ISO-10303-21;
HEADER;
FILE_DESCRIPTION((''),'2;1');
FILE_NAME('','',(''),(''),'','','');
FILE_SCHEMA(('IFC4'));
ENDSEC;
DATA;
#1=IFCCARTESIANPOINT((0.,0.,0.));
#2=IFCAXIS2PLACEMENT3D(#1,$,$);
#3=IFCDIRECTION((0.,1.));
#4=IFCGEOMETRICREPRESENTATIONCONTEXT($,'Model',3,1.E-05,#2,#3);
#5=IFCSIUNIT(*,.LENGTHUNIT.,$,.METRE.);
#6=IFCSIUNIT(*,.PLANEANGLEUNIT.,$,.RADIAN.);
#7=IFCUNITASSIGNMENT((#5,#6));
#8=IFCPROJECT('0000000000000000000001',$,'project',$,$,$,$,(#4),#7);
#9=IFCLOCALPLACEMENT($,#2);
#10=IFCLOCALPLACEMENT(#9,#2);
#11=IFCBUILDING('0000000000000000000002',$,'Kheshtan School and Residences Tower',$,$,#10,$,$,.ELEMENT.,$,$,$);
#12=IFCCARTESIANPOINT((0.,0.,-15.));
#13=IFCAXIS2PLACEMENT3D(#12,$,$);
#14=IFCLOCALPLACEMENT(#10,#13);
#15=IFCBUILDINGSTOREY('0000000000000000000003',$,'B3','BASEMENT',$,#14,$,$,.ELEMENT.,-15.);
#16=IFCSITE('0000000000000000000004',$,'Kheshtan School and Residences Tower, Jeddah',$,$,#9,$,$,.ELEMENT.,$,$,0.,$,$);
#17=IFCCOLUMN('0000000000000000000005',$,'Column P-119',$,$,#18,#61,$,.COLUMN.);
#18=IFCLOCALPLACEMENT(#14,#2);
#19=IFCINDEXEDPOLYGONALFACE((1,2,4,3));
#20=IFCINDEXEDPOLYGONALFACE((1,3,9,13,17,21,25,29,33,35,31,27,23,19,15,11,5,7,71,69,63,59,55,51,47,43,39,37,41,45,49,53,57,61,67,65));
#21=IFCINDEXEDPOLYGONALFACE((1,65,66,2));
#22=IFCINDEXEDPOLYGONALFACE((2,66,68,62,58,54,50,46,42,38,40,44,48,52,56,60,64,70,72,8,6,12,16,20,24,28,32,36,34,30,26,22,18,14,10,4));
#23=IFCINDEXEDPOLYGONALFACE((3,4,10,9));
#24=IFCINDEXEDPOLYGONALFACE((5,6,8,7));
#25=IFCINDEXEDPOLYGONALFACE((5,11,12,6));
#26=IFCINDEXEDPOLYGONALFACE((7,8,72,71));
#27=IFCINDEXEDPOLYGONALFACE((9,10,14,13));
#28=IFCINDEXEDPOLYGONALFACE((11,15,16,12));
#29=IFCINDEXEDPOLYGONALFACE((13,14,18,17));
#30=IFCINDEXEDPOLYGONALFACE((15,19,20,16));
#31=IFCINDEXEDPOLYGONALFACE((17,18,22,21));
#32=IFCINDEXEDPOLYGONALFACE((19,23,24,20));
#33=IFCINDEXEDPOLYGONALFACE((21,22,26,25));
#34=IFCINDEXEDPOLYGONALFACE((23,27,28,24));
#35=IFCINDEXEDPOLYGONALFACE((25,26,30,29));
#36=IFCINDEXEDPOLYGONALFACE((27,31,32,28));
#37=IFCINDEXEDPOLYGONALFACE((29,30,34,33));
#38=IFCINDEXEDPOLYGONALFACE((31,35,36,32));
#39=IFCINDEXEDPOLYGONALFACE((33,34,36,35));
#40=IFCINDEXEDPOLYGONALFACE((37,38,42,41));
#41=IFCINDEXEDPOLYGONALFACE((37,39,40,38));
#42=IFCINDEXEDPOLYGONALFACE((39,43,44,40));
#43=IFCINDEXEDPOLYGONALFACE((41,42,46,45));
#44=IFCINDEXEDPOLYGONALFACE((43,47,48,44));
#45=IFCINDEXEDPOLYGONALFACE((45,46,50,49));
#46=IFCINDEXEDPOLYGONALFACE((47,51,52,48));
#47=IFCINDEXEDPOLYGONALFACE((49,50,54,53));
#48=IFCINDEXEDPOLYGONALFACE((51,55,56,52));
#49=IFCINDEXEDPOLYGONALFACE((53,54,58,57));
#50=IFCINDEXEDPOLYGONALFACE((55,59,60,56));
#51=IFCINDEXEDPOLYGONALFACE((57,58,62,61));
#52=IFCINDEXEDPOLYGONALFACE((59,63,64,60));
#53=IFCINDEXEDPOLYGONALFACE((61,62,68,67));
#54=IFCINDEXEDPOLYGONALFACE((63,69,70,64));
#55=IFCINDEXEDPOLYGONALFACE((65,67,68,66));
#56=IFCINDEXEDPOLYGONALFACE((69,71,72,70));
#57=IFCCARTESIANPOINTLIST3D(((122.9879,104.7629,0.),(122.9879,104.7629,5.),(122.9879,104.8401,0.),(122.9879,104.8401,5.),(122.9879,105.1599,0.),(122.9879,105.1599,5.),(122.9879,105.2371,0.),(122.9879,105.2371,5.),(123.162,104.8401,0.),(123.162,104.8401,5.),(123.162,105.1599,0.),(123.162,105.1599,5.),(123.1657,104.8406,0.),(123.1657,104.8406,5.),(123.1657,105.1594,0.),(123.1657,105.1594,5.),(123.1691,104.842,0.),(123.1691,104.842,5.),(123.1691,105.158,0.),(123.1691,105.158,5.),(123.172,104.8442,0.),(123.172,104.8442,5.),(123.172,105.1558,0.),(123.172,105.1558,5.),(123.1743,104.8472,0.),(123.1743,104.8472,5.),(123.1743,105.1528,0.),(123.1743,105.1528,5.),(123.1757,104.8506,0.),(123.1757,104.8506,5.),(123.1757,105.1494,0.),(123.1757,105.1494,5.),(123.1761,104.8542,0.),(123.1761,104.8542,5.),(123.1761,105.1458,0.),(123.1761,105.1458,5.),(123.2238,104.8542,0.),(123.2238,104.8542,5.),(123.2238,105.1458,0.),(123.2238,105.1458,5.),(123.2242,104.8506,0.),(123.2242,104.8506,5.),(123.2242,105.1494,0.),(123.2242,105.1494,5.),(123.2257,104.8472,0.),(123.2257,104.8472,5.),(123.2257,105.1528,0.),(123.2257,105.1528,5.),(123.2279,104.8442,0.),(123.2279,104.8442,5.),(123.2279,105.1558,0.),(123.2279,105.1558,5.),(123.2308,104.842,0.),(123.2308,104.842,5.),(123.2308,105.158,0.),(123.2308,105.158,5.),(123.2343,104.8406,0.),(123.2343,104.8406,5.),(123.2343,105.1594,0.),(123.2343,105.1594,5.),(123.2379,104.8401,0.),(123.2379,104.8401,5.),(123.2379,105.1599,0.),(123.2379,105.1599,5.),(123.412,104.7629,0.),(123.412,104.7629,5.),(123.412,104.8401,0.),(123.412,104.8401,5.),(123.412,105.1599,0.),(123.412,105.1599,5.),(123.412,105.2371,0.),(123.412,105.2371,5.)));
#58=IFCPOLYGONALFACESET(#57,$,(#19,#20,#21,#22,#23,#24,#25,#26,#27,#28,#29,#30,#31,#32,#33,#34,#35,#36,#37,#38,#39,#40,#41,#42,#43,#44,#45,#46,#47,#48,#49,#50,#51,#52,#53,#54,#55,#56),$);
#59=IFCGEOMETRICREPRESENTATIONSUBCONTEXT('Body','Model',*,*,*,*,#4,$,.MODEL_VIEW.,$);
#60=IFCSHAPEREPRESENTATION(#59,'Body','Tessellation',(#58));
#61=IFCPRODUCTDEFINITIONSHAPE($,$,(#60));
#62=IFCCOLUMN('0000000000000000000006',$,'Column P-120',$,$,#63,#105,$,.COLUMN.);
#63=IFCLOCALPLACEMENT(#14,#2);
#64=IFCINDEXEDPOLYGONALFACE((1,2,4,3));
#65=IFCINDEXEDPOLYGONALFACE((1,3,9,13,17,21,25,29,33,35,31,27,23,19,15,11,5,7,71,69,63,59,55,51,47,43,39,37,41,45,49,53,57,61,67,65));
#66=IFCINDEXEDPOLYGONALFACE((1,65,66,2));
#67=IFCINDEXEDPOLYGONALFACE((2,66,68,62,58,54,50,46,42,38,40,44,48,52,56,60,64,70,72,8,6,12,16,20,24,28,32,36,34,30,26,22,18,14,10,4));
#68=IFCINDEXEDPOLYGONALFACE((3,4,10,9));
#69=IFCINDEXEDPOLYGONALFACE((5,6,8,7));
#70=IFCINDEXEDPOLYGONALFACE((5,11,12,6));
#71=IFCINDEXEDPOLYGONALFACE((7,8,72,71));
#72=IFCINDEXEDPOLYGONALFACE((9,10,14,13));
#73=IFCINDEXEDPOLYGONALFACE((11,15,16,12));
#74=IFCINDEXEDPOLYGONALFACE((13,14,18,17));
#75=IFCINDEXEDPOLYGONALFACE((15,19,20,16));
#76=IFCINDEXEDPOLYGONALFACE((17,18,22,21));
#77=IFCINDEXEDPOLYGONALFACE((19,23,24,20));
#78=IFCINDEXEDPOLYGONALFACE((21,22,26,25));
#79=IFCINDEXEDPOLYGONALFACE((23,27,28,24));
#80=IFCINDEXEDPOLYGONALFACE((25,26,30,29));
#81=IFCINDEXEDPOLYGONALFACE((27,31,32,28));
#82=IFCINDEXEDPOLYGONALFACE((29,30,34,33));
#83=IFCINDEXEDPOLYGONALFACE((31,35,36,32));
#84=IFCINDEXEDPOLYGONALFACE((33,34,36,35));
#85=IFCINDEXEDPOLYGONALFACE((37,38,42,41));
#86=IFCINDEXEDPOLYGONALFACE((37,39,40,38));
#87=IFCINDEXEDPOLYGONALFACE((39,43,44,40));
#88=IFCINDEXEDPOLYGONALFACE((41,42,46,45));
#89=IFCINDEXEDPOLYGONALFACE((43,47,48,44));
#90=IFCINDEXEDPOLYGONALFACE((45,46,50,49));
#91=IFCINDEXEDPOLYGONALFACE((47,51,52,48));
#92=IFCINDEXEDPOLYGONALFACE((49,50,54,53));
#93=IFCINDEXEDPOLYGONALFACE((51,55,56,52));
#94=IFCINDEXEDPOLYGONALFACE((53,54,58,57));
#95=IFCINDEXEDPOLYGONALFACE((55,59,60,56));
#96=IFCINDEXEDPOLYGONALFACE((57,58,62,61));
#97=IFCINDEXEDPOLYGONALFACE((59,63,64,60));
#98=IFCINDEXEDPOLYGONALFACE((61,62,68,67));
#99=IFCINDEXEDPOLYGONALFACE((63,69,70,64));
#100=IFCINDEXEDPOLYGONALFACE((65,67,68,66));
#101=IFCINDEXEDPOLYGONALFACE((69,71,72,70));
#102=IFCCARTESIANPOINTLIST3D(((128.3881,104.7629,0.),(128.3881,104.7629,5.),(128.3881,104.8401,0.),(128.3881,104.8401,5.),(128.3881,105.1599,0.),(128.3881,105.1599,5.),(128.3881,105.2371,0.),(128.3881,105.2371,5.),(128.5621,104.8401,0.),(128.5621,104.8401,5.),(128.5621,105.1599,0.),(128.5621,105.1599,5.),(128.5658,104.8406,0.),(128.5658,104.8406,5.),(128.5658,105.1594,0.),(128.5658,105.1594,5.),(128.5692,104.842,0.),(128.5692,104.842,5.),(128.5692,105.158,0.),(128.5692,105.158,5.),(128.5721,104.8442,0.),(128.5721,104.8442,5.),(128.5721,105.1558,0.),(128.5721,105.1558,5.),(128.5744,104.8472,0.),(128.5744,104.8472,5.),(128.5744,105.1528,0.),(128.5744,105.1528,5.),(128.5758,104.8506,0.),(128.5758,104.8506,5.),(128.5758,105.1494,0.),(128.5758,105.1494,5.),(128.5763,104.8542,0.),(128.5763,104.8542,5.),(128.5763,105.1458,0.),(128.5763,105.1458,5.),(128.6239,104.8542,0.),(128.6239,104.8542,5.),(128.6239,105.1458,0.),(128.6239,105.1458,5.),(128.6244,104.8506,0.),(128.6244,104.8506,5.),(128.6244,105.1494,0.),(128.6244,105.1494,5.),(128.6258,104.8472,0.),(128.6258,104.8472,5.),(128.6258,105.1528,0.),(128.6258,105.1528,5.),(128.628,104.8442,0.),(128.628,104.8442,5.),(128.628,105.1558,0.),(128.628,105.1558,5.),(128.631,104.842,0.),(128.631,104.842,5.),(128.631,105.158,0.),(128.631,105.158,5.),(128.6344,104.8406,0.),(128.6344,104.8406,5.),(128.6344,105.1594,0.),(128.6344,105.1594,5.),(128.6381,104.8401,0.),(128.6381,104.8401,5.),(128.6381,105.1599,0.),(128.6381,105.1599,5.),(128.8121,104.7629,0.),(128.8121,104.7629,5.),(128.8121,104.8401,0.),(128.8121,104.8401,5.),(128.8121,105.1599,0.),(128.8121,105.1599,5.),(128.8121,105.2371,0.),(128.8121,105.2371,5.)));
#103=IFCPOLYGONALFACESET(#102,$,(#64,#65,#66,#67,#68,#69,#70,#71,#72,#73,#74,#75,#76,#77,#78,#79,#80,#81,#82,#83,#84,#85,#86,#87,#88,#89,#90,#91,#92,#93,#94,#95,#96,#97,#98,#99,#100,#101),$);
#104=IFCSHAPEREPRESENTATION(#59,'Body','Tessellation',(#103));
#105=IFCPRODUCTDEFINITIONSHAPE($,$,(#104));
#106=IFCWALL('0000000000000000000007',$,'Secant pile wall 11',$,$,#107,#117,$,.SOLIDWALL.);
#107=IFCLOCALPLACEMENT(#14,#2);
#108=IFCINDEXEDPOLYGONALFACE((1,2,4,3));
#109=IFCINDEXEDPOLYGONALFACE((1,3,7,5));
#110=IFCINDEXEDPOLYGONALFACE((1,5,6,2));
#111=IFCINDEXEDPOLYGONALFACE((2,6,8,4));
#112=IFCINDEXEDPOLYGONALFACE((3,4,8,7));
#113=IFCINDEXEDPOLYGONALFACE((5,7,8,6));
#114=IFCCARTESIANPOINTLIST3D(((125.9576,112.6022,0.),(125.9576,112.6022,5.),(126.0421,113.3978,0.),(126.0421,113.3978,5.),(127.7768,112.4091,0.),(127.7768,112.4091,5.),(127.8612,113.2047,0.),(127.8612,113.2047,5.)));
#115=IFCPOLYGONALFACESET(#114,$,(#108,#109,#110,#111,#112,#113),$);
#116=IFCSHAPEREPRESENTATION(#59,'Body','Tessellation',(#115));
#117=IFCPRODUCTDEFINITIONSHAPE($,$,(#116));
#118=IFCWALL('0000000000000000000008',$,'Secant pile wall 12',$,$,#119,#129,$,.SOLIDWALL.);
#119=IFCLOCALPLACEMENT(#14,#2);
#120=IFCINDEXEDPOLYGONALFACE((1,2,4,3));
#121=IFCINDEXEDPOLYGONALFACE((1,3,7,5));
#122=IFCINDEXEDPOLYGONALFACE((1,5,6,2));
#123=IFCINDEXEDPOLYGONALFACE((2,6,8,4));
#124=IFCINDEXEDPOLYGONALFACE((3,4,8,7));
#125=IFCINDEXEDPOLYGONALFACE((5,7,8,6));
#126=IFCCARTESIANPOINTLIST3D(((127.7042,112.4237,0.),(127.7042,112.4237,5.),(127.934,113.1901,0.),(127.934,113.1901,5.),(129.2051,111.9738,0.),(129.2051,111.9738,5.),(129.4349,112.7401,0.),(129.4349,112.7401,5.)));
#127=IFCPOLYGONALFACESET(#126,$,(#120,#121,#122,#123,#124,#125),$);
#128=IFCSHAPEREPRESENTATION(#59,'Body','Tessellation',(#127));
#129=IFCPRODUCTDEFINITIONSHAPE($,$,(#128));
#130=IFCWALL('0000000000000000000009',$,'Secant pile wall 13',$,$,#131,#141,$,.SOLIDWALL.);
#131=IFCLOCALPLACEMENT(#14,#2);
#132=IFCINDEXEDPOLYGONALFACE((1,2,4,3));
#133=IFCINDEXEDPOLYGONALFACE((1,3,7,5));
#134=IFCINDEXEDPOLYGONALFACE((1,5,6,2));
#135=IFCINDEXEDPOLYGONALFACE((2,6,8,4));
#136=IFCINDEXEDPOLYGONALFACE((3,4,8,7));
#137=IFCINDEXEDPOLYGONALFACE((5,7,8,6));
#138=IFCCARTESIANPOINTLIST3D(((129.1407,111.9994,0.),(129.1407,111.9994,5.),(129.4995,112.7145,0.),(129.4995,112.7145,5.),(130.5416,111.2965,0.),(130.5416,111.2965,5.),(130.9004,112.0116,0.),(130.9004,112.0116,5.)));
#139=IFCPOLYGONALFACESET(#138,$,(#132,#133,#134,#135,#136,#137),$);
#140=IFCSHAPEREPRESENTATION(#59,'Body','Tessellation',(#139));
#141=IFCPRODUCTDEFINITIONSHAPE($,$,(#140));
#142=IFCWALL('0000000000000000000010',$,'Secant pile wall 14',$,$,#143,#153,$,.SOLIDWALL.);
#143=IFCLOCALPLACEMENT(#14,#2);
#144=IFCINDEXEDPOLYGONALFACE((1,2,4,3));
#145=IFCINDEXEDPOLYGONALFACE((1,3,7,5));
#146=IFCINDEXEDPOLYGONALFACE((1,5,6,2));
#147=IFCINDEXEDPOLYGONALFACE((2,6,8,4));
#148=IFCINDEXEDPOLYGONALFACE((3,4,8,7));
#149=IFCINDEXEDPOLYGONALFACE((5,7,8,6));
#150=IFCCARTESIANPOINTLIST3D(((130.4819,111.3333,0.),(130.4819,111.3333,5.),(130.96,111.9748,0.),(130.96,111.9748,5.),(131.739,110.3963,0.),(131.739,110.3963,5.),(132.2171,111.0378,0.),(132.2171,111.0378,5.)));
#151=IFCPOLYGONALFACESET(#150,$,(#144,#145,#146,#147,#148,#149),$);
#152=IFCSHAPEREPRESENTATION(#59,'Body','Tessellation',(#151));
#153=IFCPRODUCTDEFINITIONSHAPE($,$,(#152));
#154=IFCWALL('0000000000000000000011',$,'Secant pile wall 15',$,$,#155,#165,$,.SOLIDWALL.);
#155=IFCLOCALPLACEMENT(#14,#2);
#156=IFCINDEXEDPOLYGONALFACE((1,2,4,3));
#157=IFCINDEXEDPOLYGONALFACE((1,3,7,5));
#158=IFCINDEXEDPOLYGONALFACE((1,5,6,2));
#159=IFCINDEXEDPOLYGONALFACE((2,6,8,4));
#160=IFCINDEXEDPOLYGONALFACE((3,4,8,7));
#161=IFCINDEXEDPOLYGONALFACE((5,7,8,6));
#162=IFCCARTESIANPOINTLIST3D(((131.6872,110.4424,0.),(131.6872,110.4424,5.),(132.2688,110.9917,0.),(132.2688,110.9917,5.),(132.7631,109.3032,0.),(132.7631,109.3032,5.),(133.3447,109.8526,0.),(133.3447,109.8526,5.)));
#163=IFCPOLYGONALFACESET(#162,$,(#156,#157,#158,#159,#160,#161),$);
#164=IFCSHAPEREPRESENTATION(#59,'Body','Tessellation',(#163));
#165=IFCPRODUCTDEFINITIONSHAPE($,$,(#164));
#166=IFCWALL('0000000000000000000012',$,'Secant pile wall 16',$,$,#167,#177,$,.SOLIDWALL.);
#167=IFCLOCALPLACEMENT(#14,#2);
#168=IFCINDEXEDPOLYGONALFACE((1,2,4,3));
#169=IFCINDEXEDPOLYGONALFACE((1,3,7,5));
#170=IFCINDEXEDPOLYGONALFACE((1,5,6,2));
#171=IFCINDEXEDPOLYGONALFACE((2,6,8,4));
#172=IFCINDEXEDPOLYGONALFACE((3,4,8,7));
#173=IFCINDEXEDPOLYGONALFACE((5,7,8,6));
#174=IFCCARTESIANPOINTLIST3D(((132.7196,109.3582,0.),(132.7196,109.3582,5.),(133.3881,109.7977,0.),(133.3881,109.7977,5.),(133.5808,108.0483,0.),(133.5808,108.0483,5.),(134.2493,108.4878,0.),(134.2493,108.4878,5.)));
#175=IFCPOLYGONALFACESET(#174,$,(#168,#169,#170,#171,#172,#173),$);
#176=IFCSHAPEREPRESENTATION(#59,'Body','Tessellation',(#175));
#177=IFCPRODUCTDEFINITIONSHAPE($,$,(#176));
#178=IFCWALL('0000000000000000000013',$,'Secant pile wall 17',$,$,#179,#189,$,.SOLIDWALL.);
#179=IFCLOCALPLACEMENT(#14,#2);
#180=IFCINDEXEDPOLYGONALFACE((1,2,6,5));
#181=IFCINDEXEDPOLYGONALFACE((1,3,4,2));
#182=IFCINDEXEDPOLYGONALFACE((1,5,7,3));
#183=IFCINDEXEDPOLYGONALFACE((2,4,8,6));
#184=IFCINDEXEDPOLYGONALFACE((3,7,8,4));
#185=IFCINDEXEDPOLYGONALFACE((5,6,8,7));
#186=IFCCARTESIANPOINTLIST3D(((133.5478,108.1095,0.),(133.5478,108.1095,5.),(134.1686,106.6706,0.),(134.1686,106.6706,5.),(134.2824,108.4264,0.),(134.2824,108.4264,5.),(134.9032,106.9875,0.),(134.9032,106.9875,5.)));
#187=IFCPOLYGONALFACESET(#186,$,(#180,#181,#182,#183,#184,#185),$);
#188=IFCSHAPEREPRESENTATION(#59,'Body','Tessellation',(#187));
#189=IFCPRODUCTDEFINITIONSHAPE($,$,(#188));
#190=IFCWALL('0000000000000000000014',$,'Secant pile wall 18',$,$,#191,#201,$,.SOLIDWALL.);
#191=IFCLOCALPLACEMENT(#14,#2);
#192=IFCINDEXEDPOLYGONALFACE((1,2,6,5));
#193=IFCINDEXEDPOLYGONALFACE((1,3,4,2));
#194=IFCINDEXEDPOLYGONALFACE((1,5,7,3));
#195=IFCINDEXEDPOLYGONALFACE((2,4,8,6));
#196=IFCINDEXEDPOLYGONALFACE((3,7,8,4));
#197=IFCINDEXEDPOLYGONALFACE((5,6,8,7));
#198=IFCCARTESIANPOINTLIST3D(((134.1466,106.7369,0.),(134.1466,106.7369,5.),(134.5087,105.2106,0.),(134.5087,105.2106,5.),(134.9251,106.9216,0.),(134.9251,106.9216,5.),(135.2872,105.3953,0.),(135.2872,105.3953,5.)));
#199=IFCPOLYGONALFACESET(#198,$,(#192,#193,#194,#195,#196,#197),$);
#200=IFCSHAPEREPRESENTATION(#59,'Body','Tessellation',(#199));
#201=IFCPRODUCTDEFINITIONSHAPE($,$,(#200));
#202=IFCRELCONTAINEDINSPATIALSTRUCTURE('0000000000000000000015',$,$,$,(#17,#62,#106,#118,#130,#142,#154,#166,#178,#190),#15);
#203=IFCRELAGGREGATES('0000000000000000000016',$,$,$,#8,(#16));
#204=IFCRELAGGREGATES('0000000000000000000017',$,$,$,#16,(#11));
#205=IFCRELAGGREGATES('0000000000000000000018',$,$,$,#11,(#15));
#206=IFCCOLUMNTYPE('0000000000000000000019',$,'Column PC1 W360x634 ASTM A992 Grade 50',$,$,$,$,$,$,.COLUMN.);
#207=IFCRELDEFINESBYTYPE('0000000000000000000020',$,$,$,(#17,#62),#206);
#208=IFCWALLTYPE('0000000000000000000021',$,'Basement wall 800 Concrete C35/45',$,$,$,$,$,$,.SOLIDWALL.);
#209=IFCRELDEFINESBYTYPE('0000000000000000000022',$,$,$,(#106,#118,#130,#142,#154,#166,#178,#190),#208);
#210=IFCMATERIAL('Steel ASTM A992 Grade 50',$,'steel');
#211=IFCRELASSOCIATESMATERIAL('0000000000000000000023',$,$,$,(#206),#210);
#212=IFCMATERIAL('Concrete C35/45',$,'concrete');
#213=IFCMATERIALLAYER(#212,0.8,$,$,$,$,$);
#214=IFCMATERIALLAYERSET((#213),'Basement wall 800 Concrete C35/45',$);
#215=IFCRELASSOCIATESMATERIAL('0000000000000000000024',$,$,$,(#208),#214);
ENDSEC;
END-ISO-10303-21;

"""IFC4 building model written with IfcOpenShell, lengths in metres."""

from ifc_helpers import new_model, si_unit, direction, frame, frame_2d, origin, origin_2d, place, context, subcontext, project, spatial, rectangle, i_section, extrude, material, layer, layer_set, material_profile, profile_set, type_object, element, save


model = new_model("IFC4")

# Units and contexts
model_context = context("Model", 3, precision=1e-05, world=origin(), true_north=direction((0.0, 1.0)))
body_context = subcontext(model_context, "Body", "Model", "MODEL_VIEW")
ifc_project = project(units=[si_unit("LENGTHUNIT", "METRE"), si_unit("PLANEANGLEUNIT", "RADIAN")], contexts=[model_context])

# Site, building, storey
site_placement = place(None, origin())
site = spatial("IfcSite", under=ifc_project, at=site_placement, Name="Kheshtan School and Residences Tower, Jeddah", CompositionType="ELEMENT", RefElevation=0.0)
building_placement = place(site_placement, origin())
building = spatial("IfcBuilding", under=site, at=building_placement, Name="Kheshtan School and Residences Tower", CompositionType="ELEMENT")
storey_placement = place(building_placement, frame((0.0, 0.0, -15.0)))
storey = spatial("IfcBuildingStorey", under=building, at=storey_placement, Name="B3", Description="BASEMENT", CompositionType="ELEMENT", Elevation=-15.0)

# Columns
ifc_material_1 = material(Name="Steel ASTM A992 Grade 50", Category="steel")
ifc_material_profile_1 = material_profile(ifc_material_1, i_section(OverallWidth=0.4241, OverallDepth=0.4741, WebThickness=0.0476, FlangeThickness=0.0771, FilletRadius=0.0142, at=origin_2d()), Name="W360x634")
ifc_profile_set_1 = profile_set([ifc_material_profile_1], Name="Steel ASTM A992 Grade 50")
column_type = type_object("IfcColumnType", Name="Column PC1 W360x634 ASTM A992 Grade 50", PredefinedType="COLUMN", material=ifc_profile_set_1)
for number, where, z_axis, x_axis, name in (
    (1, (123.2, 105.0, 0.0), (0.0, 0.0, 1.0), (1.0, 0.0, 0.0), "Column P-119"),
    (2, (128.6001, 105.0, 0.0), (0.0, 0.0, 1.0), (1.0, 0.0, 0.0), "Column P-120"),
):
    element("IfcColumn", number, at=place(storey_placement, frame(where, z_axis=z_axis, x_axis=x_axis)), inside=storey, type_object=column_type, Name=name, PredefinedType="COLUMN", context=body_context, shape_type="SweptSolid", body=[
        extrude(i_section(OverallWidth=0.4241, OverallDepth=0.4741, WebThickness=0.0476, FlangeThickness=0.0771, FilletRadius=0.0142, at=origin_2d()), origin(), (0.0, 0.0, 1.0), 5.0),
    ])

# Walls
ifc_material_2 = material(Name="Concrete C35/45", Category="concrete")
ifc_layer = layer(ifc_material_2, 0.8)
ifc_layer_set = layer_set([ifc_layer], Name="Basement wall 800 Concrete C35/45")
wall_type = type_object("IfcWallType", Name="Basement wall 800 Concrete C35/45", PredefinedType="SOLIDWALL", material=ifc_layer_set)
wall_1_placement = place(storey_placement, frame((126.0, 113.0, 0.0), z_axis=(0.0, 0.0, 1.0), x_axis=(0.994412, -0.105567, 0.0)))
element("IfcWall", 3, at=wall_1_placement, inside=storey, type_object=wall_type, Name="Secant pile wall 11", PredefinedType="SOLIDWALL", context=body_context, shape_type="SweptSolid", body=[
    extrude(rectangle(XDim=1.8293, YDim=0.8, at=frame_2d((0.9146, 0.0))), origin(), (0.0, 0.0, 1.0), 5.0),
])
wall_2_placement = place(storey_placement, frame((127.8191, 112.8069, 0.0), z_axis=(0.0, 0.0, 1.0), x_axis=(0.957886, -0.287148, 0.0)))
element("IfcWall", 4, at=wall_2_placement, inside=storey, type_object=wall_type, Name="Secant pile wall 12", PredefinedType="SOLIDWALL", context=body_context, shape_type="SweptSolid", body=[
    extrude(rectangle(XDim=1.5669, YDim=0.8, at=frame_2d((0.7834, 0.0))), origin(), (0.0, 0.0, 1.0), 5.0),
])
wall_3_placement = place(storey_placement, frame((129.3201, 112.3569, 0.0), z_axis=(0.0, 0.0, 1.0), x_axis=(0.893803, -0.448459, 0.0)))
element("IfcWall", 5, at=wall_3_placement, inside=storey, type_object=wall_type, Name="Secant pile wall 13", PredefinedType="SOLIDWALL", context=body_context, shape_type="SweptSolid", body=[
    extrude(rectangle(XDim=1.5674, YDim=0.8, at=frame_2d((0.7837, 0.0))), origin(), (0.0, 0.0, 1.0), 5.0),
])
wall_4_placement = place(storey_placement, frame((130.7209, 111.6541, 0.0), z_axis=(0.0, 0.0, 1.0), x_axis=(0.801772, -0.597631, 0.0)))
element("IfcWall", 6, at=wall_4_placement, inside=storey, type_object=wall_type, Name="Secant pile wall 14", PredefinedType="SOLIDWALL", context=body_context, shape_type="SweptSolid", body=[
    extrude(rectangle(XDim=1.5679, YDim=0.8, at=frame_2d((0.7839, 0.0))), origin(), (0.0, 0.0, 1.0), 5.0),
])
wall_5_placement = place(storey_placement, frame((131.978, 110.717, 0.0), z_axis=(0.0, 0.0, 1.0), x_axis=(0.686642, -0.726996, 0.0)))
element("IfcWall", 7, at=wall_5_placement, inside=storey, type_object=wall_type, Name="Secant pile wall 15", PredefinedType="SOLIDWALL", context=body_context, shape_type="SweptSolid", body=[
    extrude(rectangle(XDim=1.5669, YDim=0.8, at=frame_2d((0.7834, 0.0))), origin(), (0.0, 0.0, 1.0), 5.0),
])
wall_6_placement = place(storey_placement, frame((133.054, 109.5779, 0.0), z_axis=(0.0, 0.0, 1.0), x_axis=(0.549333, -0.835603, 0.0)))
element("IfcWall", 8, at=wall_6_placement, inside=storey, type_object=wall_type, Name="Secant pile wall 16", PredefinedType="SOLIDWALL", context=body_context, shape_type="SweptSolid", body=[
    extrude(rectangle(XDim=1.5676, YDim=0.8, at=frame_2d((0.7837, 0.0))), origin(), (0.0, 0.0, 1.0), 5.0),
])
wall_7_placement = place(storey_placement, frame((133.915, 108.2681, 0.0), z_axis=(0.0, 0.0, 1.0), x_axis=(0.396155, -0.918183, 0.0)))
element("IfcWall", 9, at=wall_7_placement, inside=storey, type_object=wall_type, Name="Secant pile wall 17", PredefinedType="SOLIDWALL", context=body_context, shape_type="SweptSolid", body=[
    extrude(rectangle(XDim=1.5671, YDim=0.8, at=frame_2d((0.7837, 0.0))), origin(), (0.0, 0.0, 1.0), 5.0),
])
wall_8_placement = place(storey_placement, frame((134.5359, 106.8291, 0.0), z_axis=(0.0, 0.0, 1.0), x_axis=(0.230835, -0.972993, 0.0)))
element("IfcWall", 10, at=wall_8_placement, inside=storey, type_object=wall_type, Name="Secant pile wall 18", PredefinedType="SOLIDWALL", context=body_context, shape_type="SweptSolid", body=[
    extrude(rectangle(XDim=1.5686, YDim=0.8, at=frame_2d((0.7842, 0.0))), origin(), (0.0, 0.0, 1.0), 5.0),
])

save(model, "model.ifc")
